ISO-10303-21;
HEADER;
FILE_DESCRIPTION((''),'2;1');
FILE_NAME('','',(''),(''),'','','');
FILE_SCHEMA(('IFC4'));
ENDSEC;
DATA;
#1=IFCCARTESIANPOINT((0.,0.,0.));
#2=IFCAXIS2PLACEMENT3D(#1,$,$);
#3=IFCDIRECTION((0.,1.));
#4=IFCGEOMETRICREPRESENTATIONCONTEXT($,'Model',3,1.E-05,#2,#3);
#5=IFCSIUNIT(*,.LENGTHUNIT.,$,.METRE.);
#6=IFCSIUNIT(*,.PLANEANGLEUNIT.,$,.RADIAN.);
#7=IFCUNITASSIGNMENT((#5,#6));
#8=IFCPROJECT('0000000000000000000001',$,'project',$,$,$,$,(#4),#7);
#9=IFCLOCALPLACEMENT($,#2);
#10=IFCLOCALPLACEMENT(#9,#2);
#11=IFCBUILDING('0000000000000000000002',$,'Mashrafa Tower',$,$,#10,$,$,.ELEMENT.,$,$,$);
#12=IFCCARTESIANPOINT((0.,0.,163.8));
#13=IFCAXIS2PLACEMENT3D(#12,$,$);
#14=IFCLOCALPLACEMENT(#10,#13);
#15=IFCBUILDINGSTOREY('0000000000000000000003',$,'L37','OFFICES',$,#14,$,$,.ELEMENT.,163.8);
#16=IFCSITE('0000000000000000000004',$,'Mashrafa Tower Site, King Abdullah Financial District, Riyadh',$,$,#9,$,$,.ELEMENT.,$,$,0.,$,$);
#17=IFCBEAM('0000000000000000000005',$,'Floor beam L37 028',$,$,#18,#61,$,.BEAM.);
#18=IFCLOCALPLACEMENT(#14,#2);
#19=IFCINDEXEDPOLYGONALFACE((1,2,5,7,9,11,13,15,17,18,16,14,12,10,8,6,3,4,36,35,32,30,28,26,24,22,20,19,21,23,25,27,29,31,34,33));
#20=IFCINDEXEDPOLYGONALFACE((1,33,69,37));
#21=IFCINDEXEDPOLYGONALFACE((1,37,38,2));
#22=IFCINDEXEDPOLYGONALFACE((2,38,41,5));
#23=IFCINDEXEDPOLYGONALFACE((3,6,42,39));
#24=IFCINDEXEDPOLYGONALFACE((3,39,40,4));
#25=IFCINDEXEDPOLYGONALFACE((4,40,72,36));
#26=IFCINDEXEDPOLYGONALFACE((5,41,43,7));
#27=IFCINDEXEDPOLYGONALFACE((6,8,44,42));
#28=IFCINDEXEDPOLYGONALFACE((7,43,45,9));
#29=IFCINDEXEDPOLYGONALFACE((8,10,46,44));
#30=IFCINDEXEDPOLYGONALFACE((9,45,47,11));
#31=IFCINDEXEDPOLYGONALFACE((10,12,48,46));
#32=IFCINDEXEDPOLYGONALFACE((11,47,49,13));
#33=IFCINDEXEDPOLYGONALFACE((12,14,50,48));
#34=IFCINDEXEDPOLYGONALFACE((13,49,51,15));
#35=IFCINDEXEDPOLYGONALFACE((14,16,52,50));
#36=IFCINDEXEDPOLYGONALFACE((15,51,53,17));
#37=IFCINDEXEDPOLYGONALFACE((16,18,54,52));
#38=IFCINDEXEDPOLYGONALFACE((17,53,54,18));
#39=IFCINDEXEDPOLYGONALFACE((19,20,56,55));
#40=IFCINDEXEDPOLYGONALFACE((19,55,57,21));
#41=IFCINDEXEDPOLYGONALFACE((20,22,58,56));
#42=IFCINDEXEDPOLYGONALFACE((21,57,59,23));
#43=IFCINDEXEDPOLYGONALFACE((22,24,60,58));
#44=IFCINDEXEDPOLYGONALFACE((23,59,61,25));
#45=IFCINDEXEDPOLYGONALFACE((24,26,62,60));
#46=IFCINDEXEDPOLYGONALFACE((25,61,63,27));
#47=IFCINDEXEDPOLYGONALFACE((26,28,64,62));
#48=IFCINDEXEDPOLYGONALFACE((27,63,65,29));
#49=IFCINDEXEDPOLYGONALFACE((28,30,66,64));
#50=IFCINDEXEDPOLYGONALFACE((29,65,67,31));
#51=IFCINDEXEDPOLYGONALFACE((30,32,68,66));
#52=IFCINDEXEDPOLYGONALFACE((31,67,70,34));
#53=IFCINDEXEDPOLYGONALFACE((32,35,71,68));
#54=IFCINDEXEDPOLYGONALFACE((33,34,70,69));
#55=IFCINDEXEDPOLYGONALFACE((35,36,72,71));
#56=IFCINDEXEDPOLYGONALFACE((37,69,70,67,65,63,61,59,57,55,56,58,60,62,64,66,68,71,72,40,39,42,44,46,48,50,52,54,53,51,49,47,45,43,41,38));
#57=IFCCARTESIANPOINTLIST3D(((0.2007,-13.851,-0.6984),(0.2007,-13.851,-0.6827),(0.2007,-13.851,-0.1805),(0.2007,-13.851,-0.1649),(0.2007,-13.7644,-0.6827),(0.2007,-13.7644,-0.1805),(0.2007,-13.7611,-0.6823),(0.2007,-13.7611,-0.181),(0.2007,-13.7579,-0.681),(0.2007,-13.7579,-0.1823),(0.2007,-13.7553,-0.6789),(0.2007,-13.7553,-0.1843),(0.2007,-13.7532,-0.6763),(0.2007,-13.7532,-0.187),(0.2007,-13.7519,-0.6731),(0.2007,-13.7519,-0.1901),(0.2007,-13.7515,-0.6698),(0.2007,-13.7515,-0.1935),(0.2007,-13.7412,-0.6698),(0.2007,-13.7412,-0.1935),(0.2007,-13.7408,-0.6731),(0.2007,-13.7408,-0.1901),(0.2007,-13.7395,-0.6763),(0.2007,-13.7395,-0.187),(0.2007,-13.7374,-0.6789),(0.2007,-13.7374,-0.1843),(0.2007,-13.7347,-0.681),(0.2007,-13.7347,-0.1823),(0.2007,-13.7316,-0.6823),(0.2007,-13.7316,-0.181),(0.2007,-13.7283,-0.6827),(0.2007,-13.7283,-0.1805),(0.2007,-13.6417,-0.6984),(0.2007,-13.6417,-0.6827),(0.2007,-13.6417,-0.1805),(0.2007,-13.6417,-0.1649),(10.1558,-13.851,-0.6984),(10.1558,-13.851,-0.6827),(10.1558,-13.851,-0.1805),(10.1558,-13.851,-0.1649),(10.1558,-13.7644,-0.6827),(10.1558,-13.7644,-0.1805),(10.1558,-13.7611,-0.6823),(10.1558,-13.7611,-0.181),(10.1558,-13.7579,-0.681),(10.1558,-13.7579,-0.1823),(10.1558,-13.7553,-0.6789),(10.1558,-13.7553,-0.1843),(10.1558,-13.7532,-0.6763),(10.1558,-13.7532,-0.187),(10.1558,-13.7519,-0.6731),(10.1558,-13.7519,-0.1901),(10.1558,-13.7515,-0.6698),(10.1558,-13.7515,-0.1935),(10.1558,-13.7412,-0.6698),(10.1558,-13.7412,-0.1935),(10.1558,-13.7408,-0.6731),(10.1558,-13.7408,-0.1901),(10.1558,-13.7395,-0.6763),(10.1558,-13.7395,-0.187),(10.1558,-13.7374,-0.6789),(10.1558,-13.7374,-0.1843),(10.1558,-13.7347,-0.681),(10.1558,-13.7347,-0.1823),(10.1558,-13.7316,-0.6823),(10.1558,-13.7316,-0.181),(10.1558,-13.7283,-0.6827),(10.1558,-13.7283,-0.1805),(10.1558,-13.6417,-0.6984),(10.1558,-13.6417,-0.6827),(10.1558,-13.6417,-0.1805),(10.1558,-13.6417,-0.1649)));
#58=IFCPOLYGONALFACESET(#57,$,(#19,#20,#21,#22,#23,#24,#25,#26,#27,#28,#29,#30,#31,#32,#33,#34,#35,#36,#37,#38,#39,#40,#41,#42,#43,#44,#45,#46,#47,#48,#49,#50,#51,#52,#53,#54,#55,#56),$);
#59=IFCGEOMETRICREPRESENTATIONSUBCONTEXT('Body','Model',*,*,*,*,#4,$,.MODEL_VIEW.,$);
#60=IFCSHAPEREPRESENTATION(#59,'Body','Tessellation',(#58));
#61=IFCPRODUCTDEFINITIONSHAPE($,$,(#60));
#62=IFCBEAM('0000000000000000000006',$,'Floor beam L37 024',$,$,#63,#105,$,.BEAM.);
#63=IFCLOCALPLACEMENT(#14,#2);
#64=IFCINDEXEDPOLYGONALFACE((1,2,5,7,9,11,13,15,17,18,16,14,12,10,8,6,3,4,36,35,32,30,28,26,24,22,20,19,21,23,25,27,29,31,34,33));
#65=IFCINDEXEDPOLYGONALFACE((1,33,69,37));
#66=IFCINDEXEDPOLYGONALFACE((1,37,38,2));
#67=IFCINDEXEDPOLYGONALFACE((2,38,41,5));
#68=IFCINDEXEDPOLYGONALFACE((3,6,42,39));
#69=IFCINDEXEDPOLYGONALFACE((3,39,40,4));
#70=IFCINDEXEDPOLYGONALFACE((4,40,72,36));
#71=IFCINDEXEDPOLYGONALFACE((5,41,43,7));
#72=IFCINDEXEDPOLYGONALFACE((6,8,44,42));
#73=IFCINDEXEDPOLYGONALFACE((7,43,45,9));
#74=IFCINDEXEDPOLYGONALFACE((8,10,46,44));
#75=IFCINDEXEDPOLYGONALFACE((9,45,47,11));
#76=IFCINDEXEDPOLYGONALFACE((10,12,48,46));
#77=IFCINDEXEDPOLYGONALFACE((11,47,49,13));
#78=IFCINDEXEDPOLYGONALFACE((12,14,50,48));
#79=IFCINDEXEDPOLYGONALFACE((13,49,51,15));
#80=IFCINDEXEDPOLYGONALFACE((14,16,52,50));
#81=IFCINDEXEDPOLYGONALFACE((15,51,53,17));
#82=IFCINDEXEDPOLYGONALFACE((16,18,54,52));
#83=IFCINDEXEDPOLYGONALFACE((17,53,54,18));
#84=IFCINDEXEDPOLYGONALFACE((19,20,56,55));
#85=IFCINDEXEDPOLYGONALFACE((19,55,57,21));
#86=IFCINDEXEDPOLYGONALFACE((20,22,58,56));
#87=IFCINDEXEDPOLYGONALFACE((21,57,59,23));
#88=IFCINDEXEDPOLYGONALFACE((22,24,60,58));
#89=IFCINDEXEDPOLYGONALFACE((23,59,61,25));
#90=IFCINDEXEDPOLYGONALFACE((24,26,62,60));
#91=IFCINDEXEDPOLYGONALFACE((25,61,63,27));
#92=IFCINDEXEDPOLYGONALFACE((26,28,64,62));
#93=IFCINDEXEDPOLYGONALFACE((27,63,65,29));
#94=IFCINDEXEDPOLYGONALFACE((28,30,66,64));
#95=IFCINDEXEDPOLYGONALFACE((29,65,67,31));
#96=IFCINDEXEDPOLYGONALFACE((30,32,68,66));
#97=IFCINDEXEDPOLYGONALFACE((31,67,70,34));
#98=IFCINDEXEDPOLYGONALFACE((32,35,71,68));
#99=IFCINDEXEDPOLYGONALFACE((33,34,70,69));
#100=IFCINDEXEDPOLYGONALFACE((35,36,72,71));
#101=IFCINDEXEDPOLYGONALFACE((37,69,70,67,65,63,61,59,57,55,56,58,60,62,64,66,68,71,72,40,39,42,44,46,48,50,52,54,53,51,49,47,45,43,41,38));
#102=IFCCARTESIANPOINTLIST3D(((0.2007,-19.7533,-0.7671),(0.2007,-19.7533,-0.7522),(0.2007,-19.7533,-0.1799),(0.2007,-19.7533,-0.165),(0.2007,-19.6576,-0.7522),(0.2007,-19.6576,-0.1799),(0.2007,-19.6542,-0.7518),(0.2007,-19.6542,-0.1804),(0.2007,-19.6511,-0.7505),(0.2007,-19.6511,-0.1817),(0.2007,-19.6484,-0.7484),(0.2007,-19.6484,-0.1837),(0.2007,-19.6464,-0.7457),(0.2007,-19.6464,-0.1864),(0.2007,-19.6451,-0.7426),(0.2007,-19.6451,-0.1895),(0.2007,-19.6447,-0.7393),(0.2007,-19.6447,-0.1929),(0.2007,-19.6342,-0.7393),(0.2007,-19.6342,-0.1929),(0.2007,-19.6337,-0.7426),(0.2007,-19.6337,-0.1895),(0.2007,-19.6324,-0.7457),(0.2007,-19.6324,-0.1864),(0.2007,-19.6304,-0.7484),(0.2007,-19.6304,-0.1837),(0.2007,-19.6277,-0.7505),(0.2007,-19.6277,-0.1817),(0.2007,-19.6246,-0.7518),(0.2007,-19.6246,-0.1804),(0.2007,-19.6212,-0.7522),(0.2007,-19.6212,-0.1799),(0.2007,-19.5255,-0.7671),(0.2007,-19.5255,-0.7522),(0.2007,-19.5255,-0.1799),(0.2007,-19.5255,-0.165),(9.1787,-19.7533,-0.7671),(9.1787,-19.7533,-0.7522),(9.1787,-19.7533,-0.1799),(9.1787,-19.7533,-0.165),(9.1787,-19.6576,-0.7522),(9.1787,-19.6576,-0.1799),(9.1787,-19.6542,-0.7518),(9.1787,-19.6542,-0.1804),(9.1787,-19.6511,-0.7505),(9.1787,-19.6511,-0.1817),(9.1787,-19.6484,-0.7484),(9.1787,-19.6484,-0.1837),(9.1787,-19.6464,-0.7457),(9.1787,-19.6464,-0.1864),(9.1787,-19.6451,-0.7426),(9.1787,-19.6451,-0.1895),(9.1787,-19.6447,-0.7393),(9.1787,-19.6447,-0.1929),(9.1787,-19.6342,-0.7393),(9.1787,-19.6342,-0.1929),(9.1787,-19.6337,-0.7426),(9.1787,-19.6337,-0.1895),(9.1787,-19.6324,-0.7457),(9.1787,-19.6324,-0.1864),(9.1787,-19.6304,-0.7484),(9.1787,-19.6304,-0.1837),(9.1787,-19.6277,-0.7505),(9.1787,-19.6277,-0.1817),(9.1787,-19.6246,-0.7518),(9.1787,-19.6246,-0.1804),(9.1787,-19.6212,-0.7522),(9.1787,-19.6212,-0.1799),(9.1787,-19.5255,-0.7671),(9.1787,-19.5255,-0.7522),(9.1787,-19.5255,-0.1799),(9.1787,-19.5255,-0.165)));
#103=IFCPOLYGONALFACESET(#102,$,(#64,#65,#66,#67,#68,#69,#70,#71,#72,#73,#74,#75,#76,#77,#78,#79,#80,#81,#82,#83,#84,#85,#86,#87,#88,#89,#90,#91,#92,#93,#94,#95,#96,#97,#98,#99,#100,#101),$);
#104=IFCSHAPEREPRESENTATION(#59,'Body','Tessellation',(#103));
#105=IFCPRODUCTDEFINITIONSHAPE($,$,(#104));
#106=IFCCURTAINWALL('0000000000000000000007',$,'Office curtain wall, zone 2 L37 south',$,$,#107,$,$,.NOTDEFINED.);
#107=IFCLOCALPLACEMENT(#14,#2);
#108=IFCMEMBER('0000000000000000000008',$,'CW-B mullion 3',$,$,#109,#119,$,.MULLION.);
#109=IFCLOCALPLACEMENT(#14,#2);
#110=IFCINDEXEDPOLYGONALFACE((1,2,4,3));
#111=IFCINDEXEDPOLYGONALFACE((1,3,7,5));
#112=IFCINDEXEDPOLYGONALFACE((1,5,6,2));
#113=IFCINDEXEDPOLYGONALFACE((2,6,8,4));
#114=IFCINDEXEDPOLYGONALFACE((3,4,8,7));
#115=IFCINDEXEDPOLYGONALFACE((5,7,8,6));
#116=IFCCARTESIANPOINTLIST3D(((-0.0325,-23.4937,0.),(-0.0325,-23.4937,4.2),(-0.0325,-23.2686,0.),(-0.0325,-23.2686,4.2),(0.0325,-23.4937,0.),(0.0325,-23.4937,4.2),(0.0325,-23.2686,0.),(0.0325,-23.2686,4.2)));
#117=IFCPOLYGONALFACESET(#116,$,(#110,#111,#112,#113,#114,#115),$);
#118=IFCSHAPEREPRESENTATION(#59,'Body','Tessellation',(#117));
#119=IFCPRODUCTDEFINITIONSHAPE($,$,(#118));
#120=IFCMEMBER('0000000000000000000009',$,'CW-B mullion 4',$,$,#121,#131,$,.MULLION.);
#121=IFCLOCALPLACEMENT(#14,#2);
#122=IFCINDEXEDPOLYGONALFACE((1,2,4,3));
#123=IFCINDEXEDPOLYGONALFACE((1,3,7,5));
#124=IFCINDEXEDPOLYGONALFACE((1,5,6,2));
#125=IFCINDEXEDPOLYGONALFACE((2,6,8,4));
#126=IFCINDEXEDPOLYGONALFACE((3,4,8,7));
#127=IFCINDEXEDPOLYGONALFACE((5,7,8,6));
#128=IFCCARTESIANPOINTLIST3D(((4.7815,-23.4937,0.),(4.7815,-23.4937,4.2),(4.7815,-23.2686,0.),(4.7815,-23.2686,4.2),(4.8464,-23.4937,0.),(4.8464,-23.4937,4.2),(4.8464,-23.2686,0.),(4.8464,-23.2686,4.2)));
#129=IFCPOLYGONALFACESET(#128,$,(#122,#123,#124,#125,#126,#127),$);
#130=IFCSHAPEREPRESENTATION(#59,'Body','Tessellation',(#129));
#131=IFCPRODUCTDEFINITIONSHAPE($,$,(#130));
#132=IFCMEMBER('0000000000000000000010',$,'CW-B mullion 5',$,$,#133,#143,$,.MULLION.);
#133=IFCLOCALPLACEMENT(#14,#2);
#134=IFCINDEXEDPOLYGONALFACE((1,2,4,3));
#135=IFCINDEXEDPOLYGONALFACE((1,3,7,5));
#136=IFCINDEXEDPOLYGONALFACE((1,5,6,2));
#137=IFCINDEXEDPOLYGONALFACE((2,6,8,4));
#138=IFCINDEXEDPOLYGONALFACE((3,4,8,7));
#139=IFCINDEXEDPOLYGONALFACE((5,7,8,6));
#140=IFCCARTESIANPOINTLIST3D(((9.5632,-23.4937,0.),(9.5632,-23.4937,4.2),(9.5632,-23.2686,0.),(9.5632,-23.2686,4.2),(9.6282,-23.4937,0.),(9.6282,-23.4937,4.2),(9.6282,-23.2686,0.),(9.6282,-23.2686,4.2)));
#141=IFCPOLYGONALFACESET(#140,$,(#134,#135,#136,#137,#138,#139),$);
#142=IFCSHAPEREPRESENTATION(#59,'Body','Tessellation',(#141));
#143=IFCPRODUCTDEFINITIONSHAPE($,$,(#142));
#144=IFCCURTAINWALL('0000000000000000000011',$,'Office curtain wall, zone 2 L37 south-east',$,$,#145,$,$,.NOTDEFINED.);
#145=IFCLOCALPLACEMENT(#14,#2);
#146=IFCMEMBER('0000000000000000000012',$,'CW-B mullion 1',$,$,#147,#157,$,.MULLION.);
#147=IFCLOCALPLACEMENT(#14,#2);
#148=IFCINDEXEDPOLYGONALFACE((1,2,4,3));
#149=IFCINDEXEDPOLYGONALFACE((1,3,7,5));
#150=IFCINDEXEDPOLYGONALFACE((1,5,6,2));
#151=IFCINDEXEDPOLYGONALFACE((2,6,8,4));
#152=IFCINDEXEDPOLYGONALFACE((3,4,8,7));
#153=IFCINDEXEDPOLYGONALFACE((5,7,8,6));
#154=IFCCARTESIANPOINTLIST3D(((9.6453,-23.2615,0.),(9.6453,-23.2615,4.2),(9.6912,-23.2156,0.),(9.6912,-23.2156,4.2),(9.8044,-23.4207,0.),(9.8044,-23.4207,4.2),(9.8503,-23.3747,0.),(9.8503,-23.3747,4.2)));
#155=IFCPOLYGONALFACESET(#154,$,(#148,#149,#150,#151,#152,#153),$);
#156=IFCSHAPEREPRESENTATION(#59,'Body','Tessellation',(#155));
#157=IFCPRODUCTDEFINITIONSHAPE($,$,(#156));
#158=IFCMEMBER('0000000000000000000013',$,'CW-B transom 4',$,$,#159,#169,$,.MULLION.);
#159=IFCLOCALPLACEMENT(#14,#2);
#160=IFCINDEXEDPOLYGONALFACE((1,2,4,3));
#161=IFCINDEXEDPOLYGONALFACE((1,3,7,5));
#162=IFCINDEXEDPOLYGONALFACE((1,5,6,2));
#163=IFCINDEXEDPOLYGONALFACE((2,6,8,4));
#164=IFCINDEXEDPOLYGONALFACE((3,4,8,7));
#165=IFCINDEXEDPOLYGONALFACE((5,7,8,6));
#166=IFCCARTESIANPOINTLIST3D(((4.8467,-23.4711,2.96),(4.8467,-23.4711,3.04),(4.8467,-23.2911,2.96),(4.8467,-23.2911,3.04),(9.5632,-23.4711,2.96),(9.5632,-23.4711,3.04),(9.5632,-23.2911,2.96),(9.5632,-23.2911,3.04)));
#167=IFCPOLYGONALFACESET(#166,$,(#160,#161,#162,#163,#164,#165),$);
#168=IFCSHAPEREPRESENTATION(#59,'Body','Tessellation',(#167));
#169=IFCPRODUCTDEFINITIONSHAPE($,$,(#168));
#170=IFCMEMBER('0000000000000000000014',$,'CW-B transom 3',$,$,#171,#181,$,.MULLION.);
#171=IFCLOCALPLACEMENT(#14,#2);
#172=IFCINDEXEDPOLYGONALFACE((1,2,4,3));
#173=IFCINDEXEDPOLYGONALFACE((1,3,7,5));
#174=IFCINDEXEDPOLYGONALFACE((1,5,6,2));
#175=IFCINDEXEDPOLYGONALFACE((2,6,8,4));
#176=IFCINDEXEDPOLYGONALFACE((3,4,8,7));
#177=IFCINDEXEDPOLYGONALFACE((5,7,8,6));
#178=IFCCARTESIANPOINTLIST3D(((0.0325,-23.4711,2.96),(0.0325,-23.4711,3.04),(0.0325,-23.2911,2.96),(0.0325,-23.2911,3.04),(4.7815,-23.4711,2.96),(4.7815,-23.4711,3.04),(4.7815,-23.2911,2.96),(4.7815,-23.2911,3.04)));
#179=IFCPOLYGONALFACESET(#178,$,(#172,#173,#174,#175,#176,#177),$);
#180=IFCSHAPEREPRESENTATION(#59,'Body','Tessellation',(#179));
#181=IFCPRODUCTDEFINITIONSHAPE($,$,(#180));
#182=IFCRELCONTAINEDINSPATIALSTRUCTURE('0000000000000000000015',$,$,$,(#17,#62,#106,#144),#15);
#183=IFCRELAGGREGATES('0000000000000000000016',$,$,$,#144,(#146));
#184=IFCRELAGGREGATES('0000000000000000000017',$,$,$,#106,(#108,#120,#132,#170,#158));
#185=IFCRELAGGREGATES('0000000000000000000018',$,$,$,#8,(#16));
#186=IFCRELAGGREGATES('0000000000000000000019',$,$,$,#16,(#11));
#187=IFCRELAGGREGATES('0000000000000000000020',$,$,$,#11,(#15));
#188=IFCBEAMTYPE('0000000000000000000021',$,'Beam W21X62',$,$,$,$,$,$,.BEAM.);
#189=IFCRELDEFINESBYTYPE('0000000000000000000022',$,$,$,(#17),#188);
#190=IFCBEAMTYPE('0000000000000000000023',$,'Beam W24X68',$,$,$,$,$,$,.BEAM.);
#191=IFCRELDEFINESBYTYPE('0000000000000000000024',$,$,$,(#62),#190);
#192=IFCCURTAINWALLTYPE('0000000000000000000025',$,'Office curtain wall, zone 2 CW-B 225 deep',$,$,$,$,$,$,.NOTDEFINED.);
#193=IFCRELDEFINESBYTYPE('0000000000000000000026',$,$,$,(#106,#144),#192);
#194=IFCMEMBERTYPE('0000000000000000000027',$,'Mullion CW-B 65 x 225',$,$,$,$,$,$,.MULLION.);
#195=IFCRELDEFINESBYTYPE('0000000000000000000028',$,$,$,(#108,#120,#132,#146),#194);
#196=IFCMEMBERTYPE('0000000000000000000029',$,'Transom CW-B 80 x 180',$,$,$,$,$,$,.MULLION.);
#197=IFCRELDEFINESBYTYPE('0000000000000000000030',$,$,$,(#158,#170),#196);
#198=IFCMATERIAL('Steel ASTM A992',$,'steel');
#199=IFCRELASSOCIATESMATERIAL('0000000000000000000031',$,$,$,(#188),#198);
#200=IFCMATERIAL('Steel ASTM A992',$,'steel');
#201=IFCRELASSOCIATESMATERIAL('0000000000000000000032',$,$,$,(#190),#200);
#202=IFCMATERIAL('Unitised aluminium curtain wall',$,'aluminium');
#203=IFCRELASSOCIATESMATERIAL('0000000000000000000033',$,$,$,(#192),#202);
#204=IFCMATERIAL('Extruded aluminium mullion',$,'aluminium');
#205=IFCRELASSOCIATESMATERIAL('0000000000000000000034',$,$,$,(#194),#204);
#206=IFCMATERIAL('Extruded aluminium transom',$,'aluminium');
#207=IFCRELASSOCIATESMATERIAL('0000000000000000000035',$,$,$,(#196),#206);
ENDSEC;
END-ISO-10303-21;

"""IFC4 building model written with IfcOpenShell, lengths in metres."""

from ifc_helpers import new_model, si_unit, direction, frame, origin, origin_2d, place, context, subcontext, project, spatial, rectangle, i_section, extrude, source, transform, mapped, material, material_profile, profile_set, type_object, type_shapes, element, aggregate, save


model = new_model("IFC4")

# Units and contexts
model_context = context("Model", 3, precision=1e-05, world=origin(), true_north=direction((0.0, 1.0)))
body_context = subcontext(model_context, "Body", "Model", "MODEL_VIEW")
ifc_project = project(units=[si_unit("LENGTHUNIT", "METRE"), si_unit("PLANEANGLEUNIT", "RADIAN")], contexts=[model_context])

# Site, building, storey
site_placement = place(None, origin())
site = spatial("IfcSite", under=ifc_project, at=site_placement, Name="Mashrafa Tower Site, King Abdullah Financial District, Riyadh", CompositionType="ELEMENT", RefElevation=0.0)
building_placement = place(site_placement, origin())
building = spatial("IfcBuilding", under=site, at=building_placement, Name="Mashrafa Tower", CompositionType="ELEMENT")
storey_placement = place(building_placement, frame((0.0, 0.0, 163.8)))
storey = spatial("IfcBuildingStorey", under=building, at=storey_placement, Name="L37", Description="OFFICES", CompositionType="ELEMENT", Elevation=163.8)

# Beams
ifc_material_1 = material(Name="Steel ASTM A992", Category="steel")
ifc_material_profile_1 = material_profile(ifc_material_1, i_section(OverallWidth=0.2092, OverallDepth=0.5334, WebThickness=0.0103, FlangeThickness=0.0156, FilletRadius=0.0129, at=origin_2d()), Name="W21X62")
ifc_profile_set_1 = profile_set([ifc_material_profile_1], Name="Steel ASTM A992")
beam_type_1 = type_object("IfcBeamType", Name="Beam W21X62", PredefinedType="BEAM", material=ifc_profile_set_1)
beam_1_placement = place(storey_placement, frame((10.1558, -13.7463, -0.4316), z_axis=(-1.0, 0.0, 0.0), x_axis=(0.0, -1.0, 0.0)))
element("IfcBeam", 1, at=beam_1_placement, inside=storey, type_object=beam_type_1, Name="Floor beam L37 028", PredefinedType="BEAM", context=body_context, shape_type="SweptSolid", body=[
    extrude(i_section(OverallWidth=0.2092, OverallDepth=0.5334, WebThickness=0.0103, FlangeThickness=0.0156, FilletRadius=0.0129, at=origin_2d()), origin(), (0.0, 0.0, 1.0), 9.9551),
])
ifc_material_2 = material(Name="Steel ASTM A992", Category="steel")
ifc_material_profile_2 = material_profile(ifc_material_2, i_section(OverallWidth=0.2278, OverallDepth=0.6021, WebThickness=0.0105, FlangeThickness=0.0149, FilletRadius=0.0129, at=origin_2d()), Name="W24X68")
ifc_profile_set_2 = profile_set([ifc_material_profile_2], Name="Steel ASTM A992")
beam_type_2 = type_object("IfcBeamType", Name="Beam W24X68", PredefinedType="BEAM", material=ifc_profile_set_2)
beam_2_placement = place(storey_placement, frame((9.1787, -19.6394, -0.4661), z_axis=(-1.0, 0.0, 0.0), x_axis=(0.0, -1.0, 0.0)))
element("IfcBeam", 2, at=beam_2_placement, inside=storey, type_object=beam_type_2, Name="Floor beam L37 024", PredefinedType="BEAM", context=body_context, shape_type="SweptSolid", body=[
    extrude(i_section(OverallWidth=0.2278, OverallDepth=0.6021, WebThickness=0.0105, FlangeThickness=0.0149, FilletRadius=0.0129, at=origin_2d()), origin(), (0.0, 0.0, 1.0), 8.978),
])

# Curtain wall, members
ifc_material_3 = material(Name="Unitised aluminium curtain wall", Category="aluminium")
curtain_wall_type = type_object("IfcCurtainWallType", Name="Office curtain wall, zone 2 CW-B 225 deep", PredefinedType="NOTDEFINED", material=ifc_material_3)
curtain_wall_1_placement = place(storey_placement, origin())
curtain_wall_1 = element("IfcCurtainWall", 3, at=curtain_wall_1_placement, inside=storey, type_object=curtain_wall_type, Name="Office curtain wall, zone 2 L37 south", PredefinedType="NOTDEFINED")
ifc_material_4 = material(Name="Extruded aluminium mullion", Category="aluminium")
ifc_material_profile_3 = material_profile(ifc_material_4, rectangle(XDim=0.2251, YDim=0.0649, at=origin_2d()), Name="Mullion 65x225")
ifc_profile_set_3 = profile_set([ifc_material_profile_3], Name="Extruded aluminium mullion")
member_type_1 = type_object("IfcMemberType", Name="Mullion CW-B 65 x 225", PredefinedType="MULLION", material=ifc_profile_set_3)
shared_shape_1 = source(origin(), body_context, "Body", "SweptSolid", [
    extrude(rectangle(XDim=0.2251, YDim=0.0649, at=origin_2d()), origin(), (0.0, 0.0, 1.0), 4.2),
])
type_shapes(member_type_1, [shared_shape_1])
member_1_placement = place(storey_placement, frame((0.0, -23.3811, 0.0), z_axis=(0.0, 0.0, 1.0), x_axis=(0.0, 1.0, 0.0)))
member_1 = element("IfcMember", 4, at=member_1_placement, type_object=member_type_1, Name="CW-B mullion 3", PredefinedType="MULLION", context=body_context, shape_type="MappedRepresentation", body=[
    mapped(shared_shape_1, transform((0.0, 0.0, 0.0))),
])
member_2_placement = place(storey_placement, frame((4.814, -23.3811, 0.0), z_axis=(0.0, 0.0, 1.0), x_axis=(0.0, 1.0, 0.0)))
member_2 = element("IfcMember", 5, at=member_2_placement, type_object=member_type_1, Name="CW-B mullion 4", PredefinedType="MULLION", context=body_context, shape_type="MappedRepresentation", body=[
    mapped(shared_shape_1, transform((0.0, 0.0, 0.0))),
])
member_3_placement = place(storey_placement, frame((9.5957, -23.3811, 0.0), z_axis=(0.0, 0.0, 1.0), x_axis=(0.0, 1.0, 0.0)))
member_3 = element("IfcMember", 6, at=member_3_placement, type_object=member_type_1, Name="CW-B mullion 5", PredefinedType="MULLION", context=body_context, shape_type="MappedRepresentation", body=[
    mapped(shared_shape_1, transform((0.0, 0.0, 0.0))),
])

# Curtain wall, member
curtain_wall_2_placement = place(storey_placement, origin())
curtain_wall_2 = element("IfcCurtainWall", 7, at=curtain_wall_2_placement, inside=storey, type_object=curtain_wall_type, Name="Office curtain wall, zone 2 L37 south-east", PredefinedType="NOTDEFINED")
member_4_placement = place(storey_placement, frame((9.7478, -23.3181, 0.0), z_axis=(0.0, 0.0, 1.0), x_axis=(-0.707107, 0.707107, 0.0)))
member_4 = element("IfcMember", 8, at=member_4_placement, type_object=member_type_1, Name="CW-B mullion 1", PredefinedType="MULLION", context=body_context, shape_type="MappedRepresentation", body=[
    mapped(shared_shape_1, transform((0.0, 0.0, 0.0))),
])

# Members
ifc_material_5 = material(Name="Extruded aluminium transom", Category="aluminium")
ifc_material_profile_4 = material_profile(ifc_material_5, rectangle(XDim=0.1799, YDim=0.0801, at=origin_2d()), Name="Transom 80x180")
ifc_profile_set_4 = profile_set([ifc_material_profile_4], Name="Extruded aluminium transom")
member_type_2 = type_object("IfcMemberType", Name="Transom CW-B 80 x 180", PredefinedType="MULLION", material=ifc_profile_set_4)
shared_shape_2 = source(origin(), body_context, "Body", "SweptSolid", [
    extrude(rectangle(XDim=0.1799, YDim=0.0801, at=origin_2d()), origin(), (0.0, 0.0, 1.0), 4.7166),
])
member_5_placement = place(storey_placement, frame((4.8467, -23.3811, 3.0), z_axis=(1.0, 0.0, 0.0), x_axis=(0.0, 1.0, 0.0)))
member_5 = element("IfcMember", 9, at=member_5_placement, type_object=member_type_2, Name="CW-B transom 4", PredefinedType="MULLION", context=body_context, shape_type="MappedRepresentation", body=[
    mapped(shared_shape_2, transform((0.0, 0.0, 0.0))),
])
shared_shape_3 = source(origin(), body_context, "Body", "SweptSolid", [
    extrude(rectangle(XDim=0.1799, YDim=0.0801, at=origin_2d()), origin(), (0.0, 0.0, 1.0), 4.749),
])
member_6_placement = place(storey_placement, frame((0.0325, -23.3811, 3.0), z_axis=(1.0, 0.0, 0.0), x_axis=(0.0, 1.0, 0.0)))
member_6 = element("IfcMember", 10, at=member_6_placement, type_object=member_type_2, Name="CW-B transom 3", PredefinedType="MULLION", context=body_context, shape_type="MappedRepresentation", body=[
    mapped(shared_shape_3, transform((0.0, 0.0, 0.0))),
])
aggregate(curtain_wall_2, [member_4])

aggregate(curtain_wall_1, [member_1, member_2, member_3, member_6, member_5])

save(model, "model.ifc")
